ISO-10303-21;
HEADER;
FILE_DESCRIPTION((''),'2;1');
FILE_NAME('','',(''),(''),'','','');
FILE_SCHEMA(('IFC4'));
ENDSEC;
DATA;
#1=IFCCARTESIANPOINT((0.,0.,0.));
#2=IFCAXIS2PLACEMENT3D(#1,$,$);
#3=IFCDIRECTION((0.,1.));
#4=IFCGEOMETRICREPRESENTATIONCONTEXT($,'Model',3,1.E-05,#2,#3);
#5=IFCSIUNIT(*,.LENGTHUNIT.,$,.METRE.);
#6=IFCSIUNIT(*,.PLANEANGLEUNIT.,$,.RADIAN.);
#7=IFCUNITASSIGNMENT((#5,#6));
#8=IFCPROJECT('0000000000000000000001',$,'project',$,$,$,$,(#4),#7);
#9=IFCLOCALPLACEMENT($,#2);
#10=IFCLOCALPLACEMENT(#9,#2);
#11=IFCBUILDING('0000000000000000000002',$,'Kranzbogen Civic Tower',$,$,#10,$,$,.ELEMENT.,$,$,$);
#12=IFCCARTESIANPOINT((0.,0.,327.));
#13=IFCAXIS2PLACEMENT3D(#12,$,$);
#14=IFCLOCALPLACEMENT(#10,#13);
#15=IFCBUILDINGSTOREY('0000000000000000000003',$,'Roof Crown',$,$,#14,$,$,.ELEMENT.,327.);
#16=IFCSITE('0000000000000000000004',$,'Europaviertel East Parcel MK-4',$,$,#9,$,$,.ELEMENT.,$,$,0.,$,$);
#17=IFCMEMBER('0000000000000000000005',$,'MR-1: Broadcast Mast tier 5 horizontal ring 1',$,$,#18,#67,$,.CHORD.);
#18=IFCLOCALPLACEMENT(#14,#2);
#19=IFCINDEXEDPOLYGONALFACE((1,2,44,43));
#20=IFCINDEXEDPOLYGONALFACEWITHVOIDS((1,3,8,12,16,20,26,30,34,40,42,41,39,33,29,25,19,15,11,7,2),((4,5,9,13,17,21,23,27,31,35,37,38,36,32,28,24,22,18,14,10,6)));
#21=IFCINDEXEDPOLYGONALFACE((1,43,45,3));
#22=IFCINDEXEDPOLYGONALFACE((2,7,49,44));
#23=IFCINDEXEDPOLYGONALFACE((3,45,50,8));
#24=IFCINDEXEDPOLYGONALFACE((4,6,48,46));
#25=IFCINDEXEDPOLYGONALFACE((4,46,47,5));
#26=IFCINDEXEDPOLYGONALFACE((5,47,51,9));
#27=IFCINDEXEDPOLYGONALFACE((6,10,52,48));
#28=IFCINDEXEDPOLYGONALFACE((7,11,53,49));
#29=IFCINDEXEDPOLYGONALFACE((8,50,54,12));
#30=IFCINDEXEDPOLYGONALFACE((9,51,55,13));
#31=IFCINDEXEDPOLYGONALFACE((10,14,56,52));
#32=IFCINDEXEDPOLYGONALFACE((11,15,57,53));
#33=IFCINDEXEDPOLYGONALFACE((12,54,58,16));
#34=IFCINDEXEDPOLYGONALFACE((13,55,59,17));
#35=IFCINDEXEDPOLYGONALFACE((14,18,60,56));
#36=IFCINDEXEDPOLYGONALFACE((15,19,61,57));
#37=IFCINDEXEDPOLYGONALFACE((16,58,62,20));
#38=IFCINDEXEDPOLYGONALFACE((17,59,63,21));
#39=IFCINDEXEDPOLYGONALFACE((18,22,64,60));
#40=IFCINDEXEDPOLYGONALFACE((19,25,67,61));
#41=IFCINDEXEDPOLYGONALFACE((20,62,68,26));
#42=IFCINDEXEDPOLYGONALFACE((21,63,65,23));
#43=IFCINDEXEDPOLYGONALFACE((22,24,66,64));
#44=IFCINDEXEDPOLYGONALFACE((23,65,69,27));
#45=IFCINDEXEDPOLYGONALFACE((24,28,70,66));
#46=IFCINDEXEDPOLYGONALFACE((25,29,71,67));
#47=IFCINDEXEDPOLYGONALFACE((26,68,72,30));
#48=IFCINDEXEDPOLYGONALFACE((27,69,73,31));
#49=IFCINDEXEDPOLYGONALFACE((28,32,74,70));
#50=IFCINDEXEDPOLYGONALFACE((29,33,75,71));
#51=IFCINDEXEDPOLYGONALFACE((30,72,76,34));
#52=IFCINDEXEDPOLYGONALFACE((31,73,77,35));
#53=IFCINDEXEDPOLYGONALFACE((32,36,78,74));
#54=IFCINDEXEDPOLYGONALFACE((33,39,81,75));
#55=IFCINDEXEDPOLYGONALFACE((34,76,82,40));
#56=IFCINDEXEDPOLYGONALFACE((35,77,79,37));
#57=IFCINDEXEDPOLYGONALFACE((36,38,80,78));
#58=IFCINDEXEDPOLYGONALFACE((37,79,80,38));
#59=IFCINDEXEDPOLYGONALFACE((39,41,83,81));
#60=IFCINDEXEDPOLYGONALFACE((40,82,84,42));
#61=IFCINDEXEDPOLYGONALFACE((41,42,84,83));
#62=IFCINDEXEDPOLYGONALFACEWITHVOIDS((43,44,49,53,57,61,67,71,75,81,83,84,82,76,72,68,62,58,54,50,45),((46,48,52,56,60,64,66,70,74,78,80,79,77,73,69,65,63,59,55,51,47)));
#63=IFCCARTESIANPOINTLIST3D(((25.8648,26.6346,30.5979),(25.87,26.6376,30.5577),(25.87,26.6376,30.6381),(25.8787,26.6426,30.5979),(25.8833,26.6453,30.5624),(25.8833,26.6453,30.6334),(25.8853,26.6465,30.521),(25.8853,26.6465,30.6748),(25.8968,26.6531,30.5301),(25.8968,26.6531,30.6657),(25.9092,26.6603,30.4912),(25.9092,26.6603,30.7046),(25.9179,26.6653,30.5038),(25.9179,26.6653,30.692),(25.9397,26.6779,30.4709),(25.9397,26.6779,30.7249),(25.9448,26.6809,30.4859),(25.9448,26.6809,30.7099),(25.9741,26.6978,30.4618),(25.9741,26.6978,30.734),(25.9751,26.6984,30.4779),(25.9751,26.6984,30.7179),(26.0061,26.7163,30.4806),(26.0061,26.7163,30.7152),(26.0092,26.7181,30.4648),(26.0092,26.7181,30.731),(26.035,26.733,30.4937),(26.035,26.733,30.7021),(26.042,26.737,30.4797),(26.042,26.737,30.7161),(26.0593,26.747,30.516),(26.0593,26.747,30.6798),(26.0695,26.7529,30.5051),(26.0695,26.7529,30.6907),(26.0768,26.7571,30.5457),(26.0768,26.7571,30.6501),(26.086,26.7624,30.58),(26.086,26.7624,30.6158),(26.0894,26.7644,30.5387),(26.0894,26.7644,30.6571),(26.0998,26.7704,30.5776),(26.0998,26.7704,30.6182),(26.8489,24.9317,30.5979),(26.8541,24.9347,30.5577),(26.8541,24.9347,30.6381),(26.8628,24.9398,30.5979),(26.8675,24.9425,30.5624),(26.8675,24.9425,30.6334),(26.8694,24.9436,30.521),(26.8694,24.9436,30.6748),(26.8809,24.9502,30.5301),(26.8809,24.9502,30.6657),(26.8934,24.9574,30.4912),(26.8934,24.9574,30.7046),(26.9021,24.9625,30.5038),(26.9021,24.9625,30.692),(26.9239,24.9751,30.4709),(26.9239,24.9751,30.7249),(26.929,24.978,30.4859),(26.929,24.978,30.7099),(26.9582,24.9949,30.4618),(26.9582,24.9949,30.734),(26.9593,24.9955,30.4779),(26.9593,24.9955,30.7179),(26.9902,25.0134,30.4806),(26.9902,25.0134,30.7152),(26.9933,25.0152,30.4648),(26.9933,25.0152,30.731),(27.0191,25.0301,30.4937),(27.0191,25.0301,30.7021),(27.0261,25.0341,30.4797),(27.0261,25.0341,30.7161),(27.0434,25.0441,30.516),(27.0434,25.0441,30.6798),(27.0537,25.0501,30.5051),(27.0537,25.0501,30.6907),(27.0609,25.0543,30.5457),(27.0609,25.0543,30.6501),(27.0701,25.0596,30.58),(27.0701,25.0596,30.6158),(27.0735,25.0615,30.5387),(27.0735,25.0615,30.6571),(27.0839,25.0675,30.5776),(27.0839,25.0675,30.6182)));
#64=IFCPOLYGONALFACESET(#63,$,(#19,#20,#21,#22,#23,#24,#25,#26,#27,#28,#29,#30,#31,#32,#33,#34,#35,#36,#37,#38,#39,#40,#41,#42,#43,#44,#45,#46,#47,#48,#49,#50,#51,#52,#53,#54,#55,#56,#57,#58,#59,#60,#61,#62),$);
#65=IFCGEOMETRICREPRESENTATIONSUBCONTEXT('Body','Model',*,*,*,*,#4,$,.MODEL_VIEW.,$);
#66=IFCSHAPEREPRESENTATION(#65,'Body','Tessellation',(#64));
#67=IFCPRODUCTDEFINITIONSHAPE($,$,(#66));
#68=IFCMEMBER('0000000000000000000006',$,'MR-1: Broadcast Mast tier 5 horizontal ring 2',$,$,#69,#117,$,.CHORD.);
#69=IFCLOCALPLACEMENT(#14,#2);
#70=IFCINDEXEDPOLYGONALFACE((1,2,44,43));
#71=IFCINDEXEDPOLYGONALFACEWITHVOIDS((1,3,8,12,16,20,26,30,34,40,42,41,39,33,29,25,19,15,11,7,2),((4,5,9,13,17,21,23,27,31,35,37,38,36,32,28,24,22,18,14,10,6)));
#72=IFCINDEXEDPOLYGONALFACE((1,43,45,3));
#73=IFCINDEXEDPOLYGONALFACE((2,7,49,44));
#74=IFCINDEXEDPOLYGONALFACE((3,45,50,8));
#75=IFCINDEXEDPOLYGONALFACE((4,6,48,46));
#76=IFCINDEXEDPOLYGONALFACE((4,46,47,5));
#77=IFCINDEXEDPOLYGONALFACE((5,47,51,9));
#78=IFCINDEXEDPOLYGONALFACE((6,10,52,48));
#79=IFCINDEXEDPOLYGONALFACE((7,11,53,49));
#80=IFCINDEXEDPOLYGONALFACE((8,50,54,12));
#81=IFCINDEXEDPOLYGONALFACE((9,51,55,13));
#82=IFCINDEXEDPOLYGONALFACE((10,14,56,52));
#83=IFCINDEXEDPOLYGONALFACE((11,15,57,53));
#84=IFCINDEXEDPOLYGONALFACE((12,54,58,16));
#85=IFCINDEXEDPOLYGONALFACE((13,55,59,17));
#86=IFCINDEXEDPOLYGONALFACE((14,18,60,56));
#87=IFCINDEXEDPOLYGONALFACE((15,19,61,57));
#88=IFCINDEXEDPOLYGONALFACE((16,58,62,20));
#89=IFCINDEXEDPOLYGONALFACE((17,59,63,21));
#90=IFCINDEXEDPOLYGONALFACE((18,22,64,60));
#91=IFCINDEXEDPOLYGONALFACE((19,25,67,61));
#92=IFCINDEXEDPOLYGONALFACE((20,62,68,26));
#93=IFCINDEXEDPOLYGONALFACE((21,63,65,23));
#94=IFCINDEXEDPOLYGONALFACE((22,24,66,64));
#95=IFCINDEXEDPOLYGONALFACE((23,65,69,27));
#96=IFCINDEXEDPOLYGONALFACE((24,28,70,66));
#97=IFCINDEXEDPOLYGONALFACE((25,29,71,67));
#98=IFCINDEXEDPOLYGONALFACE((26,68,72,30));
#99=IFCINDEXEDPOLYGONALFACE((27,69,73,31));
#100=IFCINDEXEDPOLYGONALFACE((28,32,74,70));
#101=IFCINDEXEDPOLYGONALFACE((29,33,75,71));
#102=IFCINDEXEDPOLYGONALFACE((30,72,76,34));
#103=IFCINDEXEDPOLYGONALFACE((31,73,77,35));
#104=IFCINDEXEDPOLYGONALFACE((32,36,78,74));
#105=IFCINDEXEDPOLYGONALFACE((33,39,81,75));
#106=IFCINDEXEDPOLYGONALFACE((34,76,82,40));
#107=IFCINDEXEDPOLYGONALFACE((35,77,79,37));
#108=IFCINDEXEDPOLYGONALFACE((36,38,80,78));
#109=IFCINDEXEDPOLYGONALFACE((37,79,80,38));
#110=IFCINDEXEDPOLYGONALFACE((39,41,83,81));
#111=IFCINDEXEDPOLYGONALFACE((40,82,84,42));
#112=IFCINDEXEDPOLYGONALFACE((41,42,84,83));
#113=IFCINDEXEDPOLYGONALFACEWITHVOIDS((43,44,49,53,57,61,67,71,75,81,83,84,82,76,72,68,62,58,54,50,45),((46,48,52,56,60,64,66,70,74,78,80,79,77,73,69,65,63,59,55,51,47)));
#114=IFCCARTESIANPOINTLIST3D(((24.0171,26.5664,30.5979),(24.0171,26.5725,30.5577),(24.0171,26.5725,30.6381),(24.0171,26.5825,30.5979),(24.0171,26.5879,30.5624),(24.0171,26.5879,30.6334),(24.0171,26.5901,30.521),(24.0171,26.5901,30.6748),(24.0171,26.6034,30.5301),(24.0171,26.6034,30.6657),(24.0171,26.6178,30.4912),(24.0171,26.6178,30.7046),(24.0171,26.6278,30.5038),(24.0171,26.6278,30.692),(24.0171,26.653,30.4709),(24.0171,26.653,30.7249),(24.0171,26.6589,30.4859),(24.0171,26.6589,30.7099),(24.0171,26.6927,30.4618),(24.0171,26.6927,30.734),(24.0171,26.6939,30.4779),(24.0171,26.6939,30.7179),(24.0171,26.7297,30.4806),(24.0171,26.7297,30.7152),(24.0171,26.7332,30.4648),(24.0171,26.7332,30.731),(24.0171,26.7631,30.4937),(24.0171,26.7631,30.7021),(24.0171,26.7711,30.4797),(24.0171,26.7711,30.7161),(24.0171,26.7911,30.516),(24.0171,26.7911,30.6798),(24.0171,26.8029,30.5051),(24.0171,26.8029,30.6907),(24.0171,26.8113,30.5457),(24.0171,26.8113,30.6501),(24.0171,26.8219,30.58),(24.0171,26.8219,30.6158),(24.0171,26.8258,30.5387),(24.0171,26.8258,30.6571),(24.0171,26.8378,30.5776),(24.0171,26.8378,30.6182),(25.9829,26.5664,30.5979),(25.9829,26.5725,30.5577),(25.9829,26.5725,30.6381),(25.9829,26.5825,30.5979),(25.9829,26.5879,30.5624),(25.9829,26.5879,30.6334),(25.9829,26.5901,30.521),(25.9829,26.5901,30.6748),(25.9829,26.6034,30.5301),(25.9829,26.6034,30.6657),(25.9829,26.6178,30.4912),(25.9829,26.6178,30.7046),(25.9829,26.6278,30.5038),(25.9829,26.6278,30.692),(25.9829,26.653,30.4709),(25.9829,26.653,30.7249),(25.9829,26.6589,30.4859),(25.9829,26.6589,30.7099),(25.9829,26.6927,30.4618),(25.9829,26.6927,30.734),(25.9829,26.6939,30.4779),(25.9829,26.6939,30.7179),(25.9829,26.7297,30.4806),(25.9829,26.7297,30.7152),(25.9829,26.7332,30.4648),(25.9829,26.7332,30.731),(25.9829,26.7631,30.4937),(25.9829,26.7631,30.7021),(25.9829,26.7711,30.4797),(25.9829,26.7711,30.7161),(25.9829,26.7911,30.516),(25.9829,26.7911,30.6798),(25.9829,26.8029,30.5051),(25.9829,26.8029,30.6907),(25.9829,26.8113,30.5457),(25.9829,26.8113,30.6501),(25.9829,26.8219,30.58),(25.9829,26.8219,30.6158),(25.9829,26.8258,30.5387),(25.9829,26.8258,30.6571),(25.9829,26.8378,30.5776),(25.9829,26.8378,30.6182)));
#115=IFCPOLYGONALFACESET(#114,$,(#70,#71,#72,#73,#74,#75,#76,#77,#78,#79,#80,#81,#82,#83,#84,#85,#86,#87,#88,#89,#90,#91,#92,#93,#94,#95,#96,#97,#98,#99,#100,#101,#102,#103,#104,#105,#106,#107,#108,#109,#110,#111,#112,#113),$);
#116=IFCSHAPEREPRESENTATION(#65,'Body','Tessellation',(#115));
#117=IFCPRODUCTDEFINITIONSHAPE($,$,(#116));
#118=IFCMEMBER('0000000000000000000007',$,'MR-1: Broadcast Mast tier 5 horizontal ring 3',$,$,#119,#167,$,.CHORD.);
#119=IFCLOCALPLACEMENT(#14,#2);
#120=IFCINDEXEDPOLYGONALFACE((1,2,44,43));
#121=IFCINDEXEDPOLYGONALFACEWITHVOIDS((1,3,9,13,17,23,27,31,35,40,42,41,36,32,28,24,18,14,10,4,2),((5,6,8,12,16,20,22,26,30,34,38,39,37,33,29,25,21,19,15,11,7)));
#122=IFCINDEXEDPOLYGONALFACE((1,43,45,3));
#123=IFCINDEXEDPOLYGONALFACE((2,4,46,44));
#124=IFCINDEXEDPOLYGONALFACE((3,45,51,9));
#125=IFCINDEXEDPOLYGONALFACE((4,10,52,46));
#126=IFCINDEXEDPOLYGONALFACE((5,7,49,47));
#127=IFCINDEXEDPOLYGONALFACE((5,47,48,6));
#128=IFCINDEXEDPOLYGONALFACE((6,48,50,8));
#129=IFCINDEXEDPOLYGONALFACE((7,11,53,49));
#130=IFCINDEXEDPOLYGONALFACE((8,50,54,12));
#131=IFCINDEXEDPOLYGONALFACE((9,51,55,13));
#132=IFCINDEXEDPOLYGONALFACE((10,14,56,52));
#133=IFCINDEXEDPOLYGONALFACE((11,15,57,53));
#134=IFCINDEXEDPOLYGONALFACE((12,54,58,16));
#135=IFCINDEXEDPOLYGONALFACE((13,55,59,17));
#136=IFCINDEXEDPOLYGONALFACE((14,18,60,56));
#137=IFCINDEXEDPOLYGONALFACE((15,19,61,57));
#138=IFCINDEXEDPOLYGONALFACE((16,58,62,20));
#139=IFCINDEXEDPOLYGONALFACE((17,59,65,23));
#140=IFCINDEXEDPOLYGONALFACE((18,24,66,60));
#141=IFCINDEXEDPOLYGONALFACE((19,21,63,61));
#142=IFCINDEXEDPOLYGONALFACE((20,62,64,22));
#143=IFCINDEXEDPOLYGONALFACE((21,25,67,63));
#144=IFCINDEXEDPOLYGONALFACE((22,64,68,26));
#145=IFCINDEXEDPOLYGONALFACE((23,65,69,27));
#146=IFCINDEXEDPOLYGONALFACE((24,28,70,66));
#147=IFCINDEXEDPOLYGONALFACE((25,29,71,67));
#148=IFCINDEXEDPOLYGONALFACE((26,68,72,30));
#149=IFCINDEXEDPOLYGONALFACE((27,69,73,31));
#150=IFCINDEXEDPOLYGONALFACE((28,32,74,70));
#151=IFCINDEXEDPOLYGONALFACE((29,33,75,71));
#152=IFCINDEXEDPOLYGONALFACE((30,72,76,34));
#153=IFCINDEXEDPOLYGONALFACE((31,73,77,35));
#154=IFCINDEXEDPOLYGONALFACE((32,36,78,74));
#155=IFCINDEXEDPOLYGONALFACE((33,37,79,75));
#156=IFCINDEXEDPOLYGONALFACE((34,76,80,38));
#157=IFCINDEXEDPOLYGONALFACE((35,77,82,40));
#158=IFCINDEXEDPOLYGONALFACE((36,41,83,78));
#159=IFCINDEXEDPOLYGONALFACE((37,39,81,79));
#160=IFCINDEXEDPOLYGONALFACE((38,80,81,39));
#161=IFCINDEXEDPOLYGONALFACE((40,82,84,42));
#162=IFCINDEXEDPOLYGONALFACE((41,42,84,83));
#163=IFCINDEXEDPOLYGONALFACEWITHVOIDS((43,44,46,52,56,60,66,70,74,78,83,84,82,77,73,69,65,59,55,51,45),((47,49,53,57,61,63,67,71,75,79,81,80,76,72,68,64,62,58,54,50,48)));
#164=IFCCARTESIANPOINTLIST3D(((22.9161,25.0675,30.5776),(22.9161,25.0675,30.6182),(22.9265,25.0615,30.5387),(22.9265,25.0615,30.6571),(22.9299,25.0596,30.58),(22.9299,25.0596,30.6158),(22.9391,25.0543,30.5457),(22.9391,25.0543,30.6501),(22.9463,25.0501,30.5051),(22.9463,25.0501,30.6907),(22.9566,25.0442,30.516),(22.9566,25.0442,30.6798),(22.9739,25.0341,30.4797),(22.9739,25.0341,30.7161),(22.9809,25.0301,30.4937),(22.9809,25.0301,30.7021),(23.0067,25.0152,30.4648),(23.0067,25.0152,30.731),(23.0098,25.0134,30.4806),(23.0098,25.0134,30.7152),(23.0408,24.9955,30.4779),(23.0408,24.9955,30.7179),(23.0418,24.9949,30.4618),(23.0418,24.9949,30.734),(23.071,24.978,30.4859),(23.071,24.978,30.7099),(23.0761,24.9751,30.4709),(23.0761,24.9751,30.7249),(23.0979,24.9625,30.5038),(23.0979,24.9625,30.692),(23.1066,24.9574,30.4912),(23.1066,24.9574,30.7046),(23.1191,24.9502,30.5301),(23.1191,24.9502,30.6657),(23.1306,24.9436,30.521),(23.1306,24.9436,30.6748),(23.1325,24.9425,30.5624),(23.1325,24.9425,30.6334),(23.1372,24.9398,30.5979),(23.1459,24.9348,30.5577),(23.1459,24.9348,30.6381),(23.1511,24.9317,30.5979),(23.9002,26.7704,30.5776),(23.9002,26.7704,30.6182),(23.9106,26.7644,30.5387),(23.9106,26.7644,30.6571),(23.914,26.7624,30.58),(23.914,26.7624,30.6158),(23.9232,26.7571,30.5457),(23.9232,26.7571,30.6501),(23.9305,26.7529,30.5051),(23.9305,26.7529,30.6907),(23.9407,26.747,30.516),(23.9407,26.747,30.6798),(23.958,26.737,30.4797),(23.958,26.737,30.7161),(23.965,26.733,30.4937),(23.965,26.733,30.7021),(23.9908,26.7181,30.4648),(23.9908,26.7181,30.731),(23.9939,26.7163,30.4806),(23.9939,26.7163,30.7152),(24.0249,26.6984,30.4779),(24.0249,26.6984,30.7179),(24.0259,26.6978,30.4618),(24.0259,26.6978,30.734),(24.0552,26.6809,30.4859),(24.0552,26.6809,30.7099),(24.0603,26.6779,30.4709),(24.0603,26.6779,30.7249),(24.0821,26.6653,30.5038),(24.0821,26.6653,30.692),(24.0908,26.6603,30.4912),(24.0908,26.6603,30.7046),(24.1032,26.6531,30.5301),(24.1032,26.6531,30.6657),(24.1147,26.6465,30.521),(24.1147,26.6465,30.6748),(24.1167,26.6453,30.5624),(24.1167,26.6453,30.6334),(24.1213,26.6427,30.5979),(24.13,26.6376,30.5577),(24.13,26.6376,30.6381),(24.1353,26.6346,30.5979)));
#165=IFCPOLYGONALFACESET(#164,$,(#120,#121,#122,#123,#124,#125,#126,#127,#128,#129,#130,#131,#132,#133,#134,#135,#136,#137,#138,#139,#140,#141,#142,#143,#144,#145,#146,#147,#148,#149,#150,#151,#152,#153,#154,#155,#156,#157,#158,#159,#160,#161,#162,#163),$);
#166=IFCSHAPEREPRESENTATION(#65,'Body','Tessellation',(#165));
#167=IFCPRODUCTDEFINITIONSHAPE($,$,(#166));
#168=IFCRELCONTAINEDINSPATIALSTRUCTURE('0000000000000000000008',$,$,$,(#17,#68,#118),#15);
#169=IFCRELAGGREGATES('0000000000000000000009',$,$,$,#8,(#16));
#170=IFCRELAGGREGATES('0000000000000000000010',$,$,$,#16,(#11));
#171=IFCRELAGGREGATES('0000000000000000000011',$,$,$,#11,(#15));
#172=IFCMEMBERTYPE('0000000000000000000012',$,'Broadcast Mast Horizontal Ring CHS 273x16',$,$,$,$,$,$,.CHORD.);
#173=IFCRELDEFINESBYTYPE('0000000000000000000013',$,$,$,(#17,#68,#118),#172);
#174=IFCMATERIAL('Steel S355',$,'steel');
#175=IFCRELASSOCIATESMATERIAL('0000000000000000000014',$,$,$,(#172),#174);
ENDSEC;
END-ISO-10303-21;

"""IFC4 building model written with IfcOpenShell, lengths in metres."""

from ifc_helpers import new_model, si_unit, direction, frame, origin, origin_2d, place, context, subcontext, project, spatial, hollow_circle, extrude, material, material_profile, profile_set, type_object, element, save


model = new_model("IFC4")

# Units and contexts
model_context = context("Model", 3, precision=1e-05, world=origin(), true_north=direction((0.0, 1.0)))
body_context = subcontext(model_context, "Body", "Model", "MODEL_VIEW")
ifc_project = project(units=[si_unit("LENGTHUNIT", "METRE"), si_unit("PLANEANGLEUNIT", "RADIAN")], contexts=[model_context])

# Site, building, storey
site_placement = place(None, origin())
site = spatial("IfcSite", under=ifc_project, at=site_placement, Name="Europaviertel East Parcel MK-4", CompositionType="ELEMENT", RefElevation=0.0)
building_placement = place(site_placement, origin())
building = spatial("IfcBuilding", under=site, at=building_placement, Name="Kranzbogen Civic Tower", CompositionType="ELEMENT")
storey_placement = place(building_placement, frame((0.0, 0.0, 327.0)))
storey = spatial("IfcBuildingStorey", under=building, at=storey_placement, Name="Roof Crown", CompositionType="ELEMENT", Elevation=327.0)

# Members
ifc_material = material(Name="Steel S355", Category="steel")
ifc_material_profile_1 = material_profile(ifc_material, hollow_circle(Radius=0.1365, WallThickness=0.0161, at=origin_2d()), Name="CHS 273x16")
ifc_profile_set_1 = profile_set([ifc_material_profile_1], Name="Steel S355")
member_type_1 = type_object("IfcMemberType", Name="Broadcast Mast Horizontal Ring CHS 273x16", PredefinedType="CHORD", material=ifc_profile_set_1)
member_1_placement = place(storey_placement, frame((26.967, 25.0, 30.5979), z_axis=(-0.500371, 0.865811, 0.0), x_axis=(-0.865811, -0.500371, 0.0)))
element("IfcMember", 1, at=member_1_placement, inside=storey, type_object=member_type_1, Name="MR-1: Broadcast Mast tier 5 horizontal ring 1", PredefinedType="CHORD", context=body_context, shape_type="SweptSolid", body=[
    extrude(hollow_circle(Radius=0.1365, WallThickness=0.0161, at=origin_2d()), origin(), (0.0, 0.0, 1.0), 1.9668),
])
member_2_placement = place(storey_placement, frame((25.9829, 26.7029, 30.5979), z_axis=(-1.0, 0.0, 0.0), x_axis=(0.0, -1.0, 0.0)))
element("IfcMember", 2, at=member_2_placement, inside=storey, type_object=member_type_1, Name="MR-1: Broadcast Mast tier 5 horizontal ring 2", PredefinedType="CHORD", context=body_context, shape_type="SweptSolid", body=[
    extrude(hollow_circle(Radius=0.1365, WallThickness=0.0161, at=origin_2d()), origin(), (0.0, 0.0, 1.0), 1.9658),
])
for number, where, z_axis, x_axis, name in (
    (3, (24.0171, 26.7029, 30.5979), (-0.500371, -0.865811, 0.0), (0.865811, -0.500371, 0.0), "MR-1: Broadcast Mast tier 5 horizontal ring 3"),
):
    element("IfcMember", number, at=place(storey_placement, frame(where, z_axis=z_axis, x_axis=x_axis)), inside=storey, type_object=member_type_1, Name=name, PredefinedType="CHORD", context=body_context, shape_type="SweptSolid", body=[
        extrude(hollow_circle(Radius=0.1365, WallThickness=0.0161, at=origin_2d()), origin(), (0.0, 0.0, 1.0), 1.9668),
    ])

save(model, "model.ifc")
